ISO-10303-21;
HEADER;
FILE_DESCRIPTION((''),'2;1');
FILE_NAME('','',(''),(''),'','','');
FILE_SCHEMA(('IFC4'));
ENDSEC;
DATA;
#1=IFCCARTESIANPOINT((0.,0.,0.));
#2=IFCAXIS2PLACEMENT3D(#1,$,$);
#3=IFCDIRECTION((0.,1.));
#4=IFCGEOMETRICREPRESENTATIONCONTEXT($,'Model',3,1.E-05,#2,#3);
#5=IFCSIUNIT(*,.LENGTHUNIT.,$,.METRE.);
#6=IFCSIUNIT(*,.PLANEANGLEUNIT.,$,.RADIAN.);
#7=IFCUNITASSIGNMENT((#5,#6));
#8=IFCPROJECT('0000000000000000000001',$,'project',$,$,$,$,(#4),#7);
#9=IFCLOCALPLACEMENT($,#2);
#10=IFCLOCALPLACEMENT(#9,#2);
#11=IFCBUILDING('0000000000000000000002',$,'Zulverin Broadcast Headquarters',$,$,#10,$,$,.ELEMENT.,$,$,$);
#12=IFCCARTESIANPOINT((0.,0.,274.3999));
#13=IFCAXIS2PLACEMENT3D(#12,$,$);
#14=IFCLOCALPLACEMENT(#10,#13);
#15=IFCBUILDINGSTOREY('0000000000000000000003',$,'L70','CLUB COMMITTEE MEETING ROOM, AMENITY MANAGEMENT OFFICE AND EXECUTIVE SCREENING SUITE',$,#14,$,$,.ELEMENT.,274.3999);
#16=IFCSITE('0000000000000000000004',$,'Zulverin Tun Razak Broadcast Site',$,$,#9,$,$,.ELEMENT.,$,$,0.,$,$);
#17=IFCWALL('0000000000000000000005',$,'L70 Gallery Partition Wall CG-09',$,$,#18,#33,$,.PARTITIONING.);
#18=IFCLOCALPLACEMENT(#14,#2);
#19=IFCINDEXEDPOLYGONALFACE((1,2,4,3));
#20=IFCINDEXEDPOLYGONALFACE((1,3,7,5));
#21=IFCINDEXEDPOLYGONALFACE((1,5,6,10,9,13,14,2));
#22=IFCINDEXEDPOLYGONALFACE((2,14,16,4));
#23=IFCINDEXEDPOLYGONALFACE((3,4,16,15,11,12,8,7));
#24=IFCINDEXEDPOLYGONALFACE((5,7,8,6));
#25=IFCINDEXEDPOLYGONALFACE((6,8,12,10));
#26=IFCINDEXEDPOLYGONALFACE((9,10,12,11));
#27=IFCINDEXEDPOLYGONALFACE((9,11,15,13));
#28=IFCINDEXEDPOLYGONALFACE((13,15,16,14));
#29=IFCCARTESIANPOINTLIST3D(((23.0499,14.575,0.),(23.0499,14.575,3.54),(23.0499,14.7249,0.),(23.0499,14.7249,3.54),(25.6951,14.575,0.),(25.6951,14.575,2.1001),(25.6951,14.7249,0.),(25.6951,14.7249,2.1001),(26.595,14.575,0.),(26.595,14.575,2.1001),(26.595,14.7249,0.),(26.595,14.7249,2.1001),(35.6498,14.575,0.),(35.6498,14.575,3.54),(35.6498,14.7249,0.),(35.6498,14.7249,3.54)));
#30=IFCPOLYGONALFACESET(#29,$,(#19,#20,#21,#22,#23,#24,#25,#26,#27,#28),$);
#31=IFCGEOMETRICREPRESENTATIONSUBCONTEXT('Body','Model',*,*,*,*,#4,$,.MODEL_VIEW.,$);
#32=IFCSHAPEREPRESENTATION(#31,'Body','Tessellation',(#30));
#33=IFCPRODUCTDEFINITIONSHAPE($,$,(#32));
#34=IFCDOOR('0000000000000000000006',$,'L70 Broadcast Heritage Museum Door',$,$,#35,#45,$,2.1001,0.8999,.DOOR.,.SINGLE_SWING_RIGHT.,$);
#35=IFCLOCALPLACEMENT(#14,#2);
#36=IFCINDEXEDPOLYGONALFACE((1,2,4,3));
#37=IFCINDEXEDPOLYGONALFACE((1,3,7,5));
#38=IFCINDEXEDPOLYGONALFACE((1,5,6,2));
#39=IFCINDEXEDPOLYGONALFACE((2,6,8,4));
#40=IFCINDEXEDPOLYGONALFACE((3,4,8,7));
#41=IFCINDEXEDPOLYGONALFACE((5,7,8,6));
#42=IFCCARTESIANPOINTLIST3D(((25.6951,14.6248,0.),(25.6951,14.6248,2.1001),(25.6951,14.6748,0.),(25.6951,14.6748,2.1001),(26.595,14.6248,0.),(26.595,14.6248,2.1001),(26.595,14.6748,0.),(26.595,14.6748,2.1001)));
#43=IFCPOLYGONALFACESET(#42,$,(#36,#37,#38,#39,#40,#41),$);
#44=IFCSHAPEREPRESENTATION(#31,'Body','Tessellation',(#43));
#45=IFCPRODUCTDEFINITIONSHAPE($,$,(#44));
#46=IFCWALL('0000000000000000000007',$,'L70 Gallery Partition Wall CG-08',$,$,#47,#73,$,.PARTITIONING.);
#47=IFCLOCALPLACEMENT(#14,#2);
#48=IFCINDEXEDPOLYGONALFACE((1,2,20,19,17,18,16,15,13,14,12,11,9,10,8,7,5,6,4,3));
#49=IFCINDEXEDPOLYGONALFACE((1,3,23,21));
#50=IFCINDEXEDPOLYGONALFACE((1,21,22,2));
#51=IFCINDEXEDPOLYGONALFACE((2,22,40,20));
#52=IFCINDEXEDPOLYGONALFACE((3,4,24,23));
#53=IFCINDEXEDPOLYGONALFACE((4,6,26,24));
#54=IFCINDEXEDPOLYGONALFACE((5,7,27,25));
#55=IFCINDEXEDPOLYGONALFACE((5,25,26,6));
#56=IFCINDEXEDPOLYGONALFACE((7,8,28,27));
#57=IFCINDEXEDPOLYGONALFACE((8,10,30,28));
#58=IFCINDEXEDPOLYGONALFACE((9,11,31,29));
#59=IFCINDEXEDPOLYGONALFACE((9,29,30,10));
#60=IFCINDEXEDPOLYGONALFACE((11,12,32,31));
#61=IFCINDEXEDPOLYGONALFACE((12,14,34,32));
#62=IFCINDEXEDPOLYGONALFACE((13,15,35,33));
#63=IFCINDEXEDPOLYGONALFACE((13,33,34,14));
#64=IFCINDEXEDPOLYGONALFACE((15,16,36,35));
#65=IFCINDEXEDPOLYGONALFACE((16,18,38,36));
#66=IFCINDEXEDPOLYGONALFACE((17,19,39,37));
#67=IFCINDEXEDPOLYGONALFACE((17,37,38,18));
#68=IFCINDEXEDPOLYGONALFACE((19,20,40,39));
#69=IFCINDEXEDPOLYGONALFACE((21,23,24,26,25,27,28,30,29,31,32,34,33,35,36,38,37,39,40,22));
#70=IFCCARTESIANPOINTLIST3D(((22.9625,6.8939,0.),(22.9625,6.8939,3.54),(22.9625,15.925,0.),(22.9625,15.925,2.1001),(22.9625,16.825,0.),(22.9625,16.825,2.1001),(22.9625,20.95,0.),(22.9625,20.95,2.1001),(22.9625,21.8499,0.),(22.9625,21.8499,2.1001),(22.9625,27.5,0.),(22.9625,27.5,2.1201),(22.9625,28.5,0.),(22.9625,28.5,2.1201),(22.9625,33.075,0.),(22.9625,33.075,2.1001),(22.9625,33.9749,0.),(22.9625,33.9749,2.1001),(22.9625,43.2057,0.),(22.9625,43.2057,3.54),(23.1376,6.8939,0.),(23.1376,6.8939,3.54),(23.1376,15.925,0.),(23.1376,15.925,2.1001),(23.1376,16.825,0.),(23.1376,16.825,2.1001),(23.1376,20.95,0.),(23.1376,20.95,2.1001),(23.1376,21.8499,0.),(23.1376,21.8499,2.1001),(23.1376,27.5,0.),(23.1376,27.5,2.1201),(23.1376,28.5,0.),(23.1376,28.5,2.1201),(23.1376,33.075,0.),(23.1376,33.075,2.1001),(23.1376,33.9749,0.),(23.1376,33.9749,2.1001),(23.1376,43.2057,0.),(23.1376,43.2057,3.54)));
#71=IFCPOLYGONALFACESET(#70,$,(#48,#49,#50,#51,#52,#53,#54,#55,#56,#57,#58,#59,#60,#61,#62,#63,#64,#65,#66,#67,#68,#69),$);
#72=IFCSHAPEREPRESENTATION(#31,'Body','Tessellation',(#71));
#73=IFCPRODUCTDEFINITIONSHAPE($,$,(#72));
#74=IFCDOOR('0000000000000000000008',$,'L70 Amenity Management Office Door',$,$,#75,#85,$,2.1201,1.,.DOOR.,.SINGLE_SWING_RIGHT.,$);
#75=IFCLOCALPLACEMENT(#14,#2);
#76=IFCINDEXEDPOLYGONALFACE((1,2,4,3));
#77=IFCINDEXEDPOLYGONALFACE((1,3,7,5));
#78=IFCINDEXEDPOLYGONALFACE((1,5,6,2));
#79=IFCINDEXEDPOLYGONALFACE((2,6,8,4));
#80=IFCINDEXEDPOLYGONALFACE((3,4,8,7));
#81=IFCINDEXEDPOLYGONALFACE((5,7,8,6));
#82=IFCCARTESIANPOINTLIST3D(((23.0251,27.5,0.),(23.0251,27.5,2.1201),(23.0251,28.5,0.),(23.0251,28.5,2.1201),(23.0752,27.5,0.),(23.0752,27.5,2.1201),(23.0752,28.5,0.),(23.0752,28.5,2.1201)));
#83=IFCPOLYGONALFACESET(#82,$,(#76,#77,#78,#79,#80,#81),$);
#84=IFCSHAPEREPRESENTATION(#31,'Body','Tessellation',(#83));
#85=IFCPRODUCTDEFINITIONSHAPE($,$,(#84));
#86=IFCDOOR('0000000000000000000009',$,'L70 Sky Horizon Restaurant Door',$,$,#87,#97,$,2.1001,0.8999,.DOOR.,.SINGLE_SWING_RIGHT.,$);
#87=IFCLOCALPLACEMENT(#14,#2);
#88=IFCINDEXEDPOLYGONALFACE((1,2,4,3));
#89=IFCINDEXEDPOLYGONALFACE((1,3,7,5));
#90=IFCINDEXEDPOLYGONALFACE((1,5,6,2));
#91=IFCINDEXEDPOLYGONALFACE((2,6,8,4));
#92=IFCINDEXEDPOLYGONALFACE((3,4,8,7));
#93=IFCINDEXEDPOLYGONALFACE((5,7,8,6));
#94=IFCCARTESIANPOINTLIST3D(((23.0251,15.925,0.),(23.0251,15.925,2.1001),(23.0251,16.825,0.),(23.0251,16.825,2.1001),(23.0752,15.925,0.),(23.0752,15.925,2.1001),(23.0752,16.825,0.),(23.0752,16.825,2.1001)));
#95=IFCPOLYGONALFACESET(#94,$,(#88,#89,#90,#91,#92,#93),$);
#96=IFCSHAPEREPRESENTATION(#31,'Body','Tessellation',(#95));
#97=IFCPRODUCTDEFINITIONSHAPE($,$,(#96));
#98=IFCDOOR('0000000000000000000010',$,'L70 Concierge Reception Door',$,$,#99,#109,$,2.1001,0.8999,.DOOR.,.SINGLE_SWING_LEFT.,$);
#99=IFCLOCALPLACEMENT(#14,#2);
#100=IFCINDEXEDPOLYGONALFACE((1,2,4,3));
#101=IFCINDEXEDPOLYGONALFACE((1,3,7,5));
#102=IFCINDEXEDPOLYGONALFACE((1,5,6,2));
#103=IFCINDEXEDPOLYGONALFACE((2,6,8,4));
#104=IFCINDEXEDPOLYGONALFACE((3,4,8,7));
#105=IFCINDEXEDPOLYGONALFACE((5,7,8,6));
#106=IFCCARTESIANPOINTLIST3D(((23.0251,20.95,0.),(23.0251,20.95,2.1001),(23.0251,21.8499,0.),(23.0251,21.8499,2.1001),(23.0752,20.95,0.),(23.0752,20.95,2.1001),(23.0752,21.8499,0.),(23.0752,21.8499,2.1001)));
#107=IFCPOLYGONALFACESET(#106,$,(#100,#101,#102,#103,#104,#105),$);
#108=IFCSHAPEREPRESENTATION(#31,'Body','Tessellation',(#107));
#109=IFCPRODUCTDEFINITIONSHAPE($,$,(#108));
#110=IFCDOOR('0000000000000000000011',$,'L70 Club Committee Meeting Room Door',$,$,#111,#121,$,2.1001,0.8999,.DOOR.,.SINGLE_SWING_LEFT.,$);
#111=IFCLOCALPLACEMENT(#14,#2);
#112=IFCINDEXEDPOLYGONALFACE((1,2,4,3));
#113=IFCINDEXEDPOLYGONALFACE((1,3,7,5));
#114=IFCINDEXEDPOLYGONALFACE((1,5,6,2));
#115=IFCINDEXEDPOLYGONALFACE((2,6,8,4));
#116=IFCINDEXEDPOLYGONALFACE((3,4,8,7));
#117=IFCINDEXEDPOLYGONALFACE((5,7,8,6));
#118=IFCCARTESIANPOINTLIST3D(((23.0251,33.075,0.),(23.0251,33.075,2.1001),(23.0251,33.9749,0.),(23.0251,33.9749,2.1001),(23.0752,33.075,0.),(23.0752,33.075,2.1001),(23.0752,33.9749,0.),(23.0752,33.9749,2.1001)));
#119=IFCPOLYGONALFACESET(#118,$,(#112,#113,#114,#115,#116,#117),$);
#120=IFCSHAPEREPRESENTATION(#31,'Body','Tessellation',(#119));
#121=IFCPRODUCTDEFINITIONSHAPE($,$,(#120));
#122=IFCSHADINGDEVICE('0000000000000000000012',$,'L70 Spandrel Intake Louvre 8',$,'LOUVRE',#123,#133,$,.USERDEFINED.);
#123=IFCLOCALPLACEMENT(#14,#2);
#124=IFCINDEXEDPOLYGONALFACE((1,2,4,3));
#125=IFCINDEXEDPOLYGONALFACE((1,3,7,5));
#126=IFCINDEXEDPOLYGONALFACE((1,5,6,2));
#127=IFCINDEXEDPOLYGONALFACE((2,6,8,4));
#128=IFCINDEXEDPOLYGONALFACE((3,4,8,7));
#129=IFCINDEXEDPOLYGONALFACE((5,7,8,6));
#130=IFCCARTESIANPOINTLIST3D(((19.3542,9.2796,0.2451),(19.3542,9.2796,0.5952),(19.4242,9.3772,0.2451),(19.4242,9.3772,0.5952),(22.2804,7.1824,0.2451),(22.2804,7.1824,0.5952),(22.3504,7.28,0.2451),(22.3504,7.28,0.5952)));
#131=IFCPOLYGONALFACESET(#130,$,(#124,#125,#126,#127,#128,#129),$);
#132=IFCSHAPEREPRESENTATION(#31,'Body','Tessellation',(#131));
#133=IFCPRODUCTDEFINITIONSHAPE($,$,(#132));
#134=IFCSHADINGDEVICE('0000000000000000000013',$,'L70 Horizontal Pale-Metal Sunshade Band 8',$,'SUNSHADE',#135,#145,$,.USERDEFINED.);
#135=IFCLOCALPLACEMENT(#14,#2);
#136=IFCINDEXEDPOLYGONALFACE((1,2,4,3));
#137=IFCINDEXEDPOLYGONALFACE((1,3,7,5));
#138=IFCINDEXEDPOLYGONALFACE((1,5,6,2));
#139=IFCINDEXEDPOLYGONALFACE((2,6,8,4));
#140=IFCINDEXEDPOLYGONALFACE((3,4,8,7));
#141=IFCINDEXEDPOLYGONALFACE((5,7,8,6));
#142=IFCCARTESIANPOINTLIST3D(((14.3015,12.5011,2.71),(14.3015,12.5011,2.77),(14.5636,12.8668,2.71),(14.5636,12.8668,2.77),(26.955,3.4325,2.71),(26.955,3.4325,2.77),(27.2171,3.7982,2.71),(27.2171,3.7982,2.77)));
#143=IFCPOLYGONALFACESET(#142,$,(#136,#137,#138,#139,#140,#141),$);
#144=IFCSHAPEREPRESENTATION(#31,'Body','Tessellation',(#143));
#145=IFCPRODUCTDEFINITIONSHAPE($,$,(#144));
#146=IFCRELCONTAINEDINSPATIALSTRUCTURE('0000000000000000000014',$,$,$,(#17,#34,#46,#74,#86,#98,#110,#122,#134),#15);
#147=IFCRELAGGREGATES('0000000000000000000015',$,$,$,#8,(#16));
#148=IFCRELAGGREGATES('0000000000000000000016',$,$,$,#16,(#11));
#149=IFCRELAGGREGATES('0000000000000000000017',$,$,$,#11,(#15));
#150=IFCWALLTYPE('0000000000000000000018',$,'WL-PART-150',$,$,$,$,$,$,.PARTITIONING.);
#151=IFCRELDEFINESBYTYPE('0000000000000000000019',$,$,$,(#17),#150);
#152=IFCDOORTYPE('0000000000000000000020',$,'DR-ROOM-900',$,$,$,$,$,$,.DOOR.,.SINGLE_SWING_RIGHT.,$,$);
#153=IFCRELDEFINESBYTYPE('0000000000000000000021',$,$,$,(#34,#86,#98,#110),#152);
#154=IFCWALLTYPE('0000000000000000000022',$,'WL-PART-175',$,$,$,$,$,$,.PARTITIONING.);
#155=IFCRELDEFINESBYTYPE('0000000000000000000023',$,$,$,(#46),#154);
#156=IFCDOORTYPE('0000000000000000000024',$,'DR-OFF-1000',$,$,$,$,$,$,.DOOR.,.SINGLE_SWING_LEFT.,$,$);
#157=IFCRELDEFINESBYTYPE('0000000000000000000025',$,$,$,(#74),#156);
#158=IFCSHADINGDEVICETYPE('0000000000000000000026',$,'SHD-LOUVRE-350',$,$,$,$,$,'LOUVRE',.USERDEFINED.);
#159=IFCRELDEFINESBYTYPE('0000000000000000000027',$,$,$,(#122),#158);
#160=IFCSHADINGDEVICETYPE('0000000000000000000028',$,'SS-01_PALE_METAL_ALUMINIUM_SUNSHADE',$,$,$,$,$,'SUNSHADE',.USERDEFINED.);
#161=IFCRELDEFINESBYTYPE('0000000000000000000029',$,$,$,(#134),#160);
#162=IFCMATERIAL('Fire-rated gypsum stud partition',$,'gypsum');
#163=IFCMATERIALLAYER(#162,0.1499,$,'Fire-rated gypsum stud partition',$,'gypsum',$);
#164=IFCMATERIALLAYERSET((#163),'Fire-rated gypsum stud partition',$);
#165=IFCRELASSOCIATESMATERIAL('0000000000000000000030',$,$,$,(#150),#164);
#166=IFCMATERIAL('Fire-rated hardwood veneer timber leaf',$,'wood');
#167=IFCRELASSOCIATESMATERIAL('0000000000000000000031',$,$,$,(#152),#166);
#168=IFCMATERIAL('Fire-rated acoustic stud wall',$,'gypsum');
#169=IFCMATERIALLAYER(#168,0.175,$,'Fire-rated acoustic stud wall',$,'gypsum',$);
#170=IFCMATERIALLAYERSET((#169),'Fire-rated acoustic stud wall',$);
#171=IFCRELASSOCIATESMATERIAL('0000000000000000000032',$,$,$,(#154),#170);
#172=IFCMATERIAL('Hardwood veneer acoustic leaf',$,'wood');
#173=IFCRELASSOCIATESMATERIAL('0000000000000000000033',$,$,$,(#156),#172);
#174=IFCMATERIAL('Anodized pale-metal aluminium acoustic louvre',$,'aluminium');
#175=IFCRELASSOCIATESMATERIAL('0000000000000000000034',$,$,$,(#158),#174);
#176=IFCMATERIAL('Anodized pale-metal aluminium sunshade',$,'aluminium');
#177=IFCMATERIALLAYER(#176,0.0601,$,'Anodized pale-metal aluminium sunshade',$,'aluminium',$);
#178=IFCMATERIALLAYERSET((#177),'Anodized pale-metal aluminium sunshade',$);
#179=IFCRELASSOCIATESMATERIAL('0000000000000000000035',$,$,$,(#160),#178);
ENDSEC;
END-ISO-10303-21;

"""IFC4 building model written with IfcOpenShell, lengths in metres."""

from ifc_helpers import new_model, si_unit, direction, frame, frame_2d, origin, origin_2d, place, context, subcontext, project, spatial, rectangle, extrude, material, layer, layer_set, type_object, element, fill, save


model = new_model("IFC4")

# Units and contexts
model_context = context("Model", 3, precision=1e-05, world=origin(), true_north=direction((0.0, 1.0)))
body_context = subcontext(model_context, "Body", "Model", "MODEL_VIEW")
ifc_project = project(units=[si_unit("LENGTHUNIT", "METRE"), si_unit("PLANEANGLEUNIT", "RADIAN")], contexts=[model_context])

# Site, building, storey
site_placement = place(None, origin())
site = spatial("IfcSite", under=ifc_project, at=site_placement, Name="Zulverin Tun Razak Broadcast Site", CompositionType="ELEMENT", RefElevation=0.0)
building_placement = place(site_placement, origin())
building = spatial("IfcBuilding", under=site, at=building_placement, Name="Zulverin Broadcast Headquarters", CompositionType="ELEMENT")
storey_placement = place(building_placement, frame((0.0, 0.0, 274.3999)))
storey = spatial("IfcBuildingStorey", under=building, at=storey_placement, Name="L70", Description="CLUB COMMITTEE MEETING ROOM, AMENITY MANAGEMENT OFFICE AND EXECUTIVE SCREENING SUITE", CompositionType="ELEMENT", Elevation=274.3999)

# Wall, opening, door
ifc_material_1 = material(Name="Fire-rated gypsum stud partition", Category="gypsum")
ifc_layer_1 = layer(ifc_material_1, 0.1499, Name="Fire-rated gypsum stud partition", Category="gypsum")
ifc_layer_set_1 = layer_set([ifc_layer_1], Name="Fire-rated gypsum stud partition")
wall_type_1 = type_object("IfcWallType", Name="WL-PART-150", PredefinedType="PARTITIONING", material=ifc_layer_set_1)
wall_1_placement = place(storey_placement, frame((23.05, 14.6499, 0.0), z_axis=(0.0, 0.0, 1.0), x_axis=(1.0, 0.0, 0.0)))
wall_1 = element("IfcWall", 1, at=wall_1_placement, inside=storey, type_object=wall_type_1, Name="L70 Gallery Partition Wall CG-09", PredefinedType="PARTITIONING", context=body_context, shape_type="SweptSolid", body=[
    extrude(rectangle(XDim=12.5999, YDim=0.1499, at=frame_2d((6.2998, 0.0))), origin(), (0.0, 0.0, 1.0), 3.54),
])
opening_1_placement = place(wall_1_placement, frame((2.645, 0.0, 0.0)))
opening_1 = element("IfcOpeningElement", 2, at=opening_1_placement, cuts=wall_1, PredefinedType="OPENING", context=body_context, shape_type="SweptSolid", body=[
    extrude(rectangle(XDim=0.8999, YDim=2.1001, at=frame_2d((0.45, 1.05))), frame((0.0, 0.085, 0.0), z_axis=(0.0, -1.0, 0.0), x_axis=(1.0, 0.0, 0.0)), (0.0, 0.0, 1.0), 0.1699),
])
ifc_material_2 = material(Name="Fire-rated hardwood veneer timber leaf", Category="wood")
door_type_1 = type_object("IfcDoorType", Name="DR-ROOM-900", OperationType="SINGLE_SWING_RIGHT", PredefinedType="DOOR", material=ifc_material_2)
door_1_placement = place(opening_1_placement, origin())
door_1 = element("IfcDoor", 3, at=door_1_placement, inside=storey, type_object=door_type_1, Name="L70 Broadcast Heritage Museum Door", OperationType="SINGLE_SWING_RIGHT", OverallHeight=2.1001, OverallWidth=0.8999, PredefinedType="DOOR", context=body_context, shape_type="SweptSolid", body=[
    extrude(rectangle(XDim=0.8999, YDim=2.1001, at=frame_2d((0.45, 1.05))), frame((0.0, 0.0249, 0.0), z_axis=(0.0, -1.0, 0.0), x_axis=(1.0, 0.0, 0.0)), (0.0, 0.0, 1.0), 0.05),
])
fill(opening_1, door_1)

# Wall, openings, doors
ifc_material_3 = material(Name="Fire-rated acoustic stud wall", Category="gypsum")
ifc_layer_2 = layer(ifc_material_3, 0.175, Name="Fire-rated acoustic stud wall", Category="gypsum")
ifc_layer_set_2 = layer_set([ifc_layer_2], Name="Fire-rated acoustic stud wall")
wall_type_2 = type_object("IfcWallType", Name="WL-PART-175", PredefinedType="PARTITIONING", material=ifc_layer_set_2)
wall_2_placement = place(storey_placement, frame((23.05, 6.894, 0.0), z_axis=(0.0, 0.0, 1.0), x_axis=(0.0, 1.0, 0.0)))
wall_2 = element("IfcWall", 4, at=wall_2_placement, inside=storey, type_object=wall_type_2, Name="L70 Gallery Partition Wall CG-08", PredefinedType="PARTITIONING", context=body_context, shape_type="SweptSolid", body=[
    extrude(rectangle(XDim=36.3118, YDim=0.175, at=frame_2d((18.1558, 0.0))), origin(), (0.0, 0.0, 1.0), 3.54),
])
opening_2_placement = place(wall_2_placement, frame((9.031, 0.0, 0.0)))
opening_2 = element("IfcOpeningElement", 5, at=opening_2_placement, cuts=wall_2, PredefinedType="OPENING", context=body_context, shape_type="SweptSolid", body=[
    extrude(rectangle(XDim=0.8999, YDim=2.1001, at=frame_2d((0.45, 1.05))), frame((0.0, 0.0974, 0.0), z_axis=(0.0, -1.0, 0.0), x_axis=(1.0, 0.0, 0.0)), (0.0, 0.0, 1.0), 0.1951),
])
opening_3_placement = place(wall_2_placement, frame((14.0559, 0.0, 0.0)))
opening_3 = element("IfcOpeningElement", 6, at=opening_3_placement, cuts=wall_2, PredefinedType="OPENING", context=body_context, shape_type="SweptSolid", body=[
    extrude(rectangle(XDim=0.8999, YDim=2.1001, at=frame_2d((0.45, 1.05))), frame((0.0, 0.0974, 0.0), z_axis=(0.0, -1.0, 0.0), x_axis=(1.0, 0.0, 0.0)), (0.0, 0.0, 1.0), 0.1951),
])
opening_4_placement = place(wall_2_placement, frame((20.606, 0.0, 0.0)))
opening_4 = element("IfcOpeningElement", 7, at=opening_4_placement, cuts=wall_2, PredefinedType="OPENING", context=body_context, shape_type="SweptSolid", body=[
    extrude(rectangle(XDim=1.0, YDim=2.1201, at=frame_2d((0.5, 1.0601))), frame((0.0, 0.0974, 0.0), z_axis=(0.0, -1.0, 0.0), x_axis=(1.0, 0.0, 0.0)), (0.0, 0.0, 1.0), 0.1951),
])
opening_5_placement = place(wall_2_placement, frame((26.1809, 0.0, 0.0)))
opening_5 = element("IfcOpeningElement", 8, at=opening_5_placement, cuts=wall_2, PredefinedType="OPENING", context=body_context, shape_type="SweptSolid", body=[
    extrude(rectangle(XDim=0.8999, YDim=2.1001, at=frame_2d((0.45, 1.05))), frame((0.0, 0.0974, 0.0), z_axis=(0.0, -1.0, 0.0), x_axis=(1.0, 0.0, 0.0)), (0.0, 0.0, 1.0), 0.1951),
])
ifc_material_4 = material(Name="Hardwood veneer acoustic leaf", Category="wood")
door_type_2 = type_object("IfcDoorType", Name="DR-OFF-1000", OperationType="SINGLE_SWING_LEFT", PredefinedType="DOOR", material=ifc_material_4)
door_2_placement = place(opening_4_placement, origin())
door_2 = element("IfcDoor", 9, at=door_2_placement, inside=storey, type_object=door_type_2, Name="L70 Amenity Management Office Door", OperationType="SINGLE_SWING_RIGHT", OverallHeight=2.1201, OverallWidth=1.0, PredefinedType="DOOR", context=body_context, shape_type="SweptSolid", body=[
    extrude(rectangle(XDim=1.0, YDim=2.1201, at=frame_2d((0.5, 1.0601))), frame((0.0, 0.0249, 0.0), z_axis=(0.0, -1.0, 0.0), x_axis=(1.0, 0.0, 0.0)), (0.0, 0.0, 1.0), 0.05),
])
fill(opening_4, door_2)
door_3_placement = place(opening_2_placement, origin())
door_3 = element("IfcDoor", 10, at=door_3_placement, inside=storey, type_object=door_type_1, Name="L70 Sky Horizon Restaurant Door", OperationType="SINGLE_SWING_RIGHT", OverallHeight=2.1001, OverallWidth=0.8999, PredefinedType="DOOR", context=body_context, shape_type="SweptSolid", body=[
    extrude(rectangle(XDim=0.8999, YDim=2.1001, at=frame_2d((0.45, 1.05))), frame((0.0, 0.0249, 0.0), z_axis=(0.0, -1.0, 0.0), x_axis=(1.0, 0.0, 0.0)), (0.0, 0.0, 1.0), 0.05),
])
fill(opening_2, door_3)
door_4_placement = place(opening_3_placement, origin())
door_4 = element("IfcDoor", 11, at=door_4_placement, inside=storey, type_object=door_type_1, Name="L70 Concierge Reception Door", OperationType="SINGLE_SWING_LEFT", OverallHeight=2.1001, OverallWidth=0.8999, PredefinedType="DOOR", context=body_context, shape_type="SweptSolid", body=[
    extrude(rectangle(XDim=0.8999, YDim=2.1001, at=frame_2d((0.45, 1.05))), frame((0.0, 0.0249, 0.0), z_axis=(0.0, -1.0, 0.0), x_axis=(1.0, 0.0, 0.0)), (0.0, 0.0, 1.0), 0.05),
])
fill(opening_3, door_4)
door_5_placement = place(opening_5_placement, origin())
door_5 = element("IfcDoor", 12, at=door_5_placement, inside=storey, type_object=door_type_1, Name="L70 Club Committee Meeting Room Door", OperationType="SINGLE_SWING_LEFT", OverallHeight=2.1001, OverallWidth=0.8999, PredefinedType="DOOR", context=body_context, shape_type="SweptSolid", body=[
    extrude(rectangle(XDim=0.8999, YDim=2.1001, at=frame_2d((0.45, 1.05))), frame((0.0, 0.0249, 0.0), z_axis=(0.0, -1.0, 0.0), x_axis=(1.0, 0.0, 0.0)), (0.0, 0.0, 1.0), 0.05),
])
fill(opening_5, door_5)

# Shading devices
ifc_material_5 = material(Name="Anodized pale-metal aluminium acoustic louvre", Category="aluminium")
shading_device_type_1 = type_object("IfcShadingDeviceType", Name="SHD-LOUVRE-350", ElementType="LOUVRE", PredefinedType="USERDEFINED", material=ifc_material_5)
shading_device_1_placement = place(storey_placement, frame((20.8523, 8.2798, 0.2451), z_axis=(0.0, 0.0, 1.0), x_axis=(0.812809, -0.58253, 0.0)))
element("IfcShadingDevice", 13, at=shading_device_1_placement, inside=storey, type_object=shading_device_type_1, Name="L70 Spandrel Intake Louvre 8", ObjectType="LOUVRE", PredefinedType="USERDEFINED", context=body_context, shape_type="SweptSolid", body=[
    extrude(rectangle(XDim=3.6001, YDim=0.1201, at=origin_2d()), origin(), (0.0, 0.0, 1.0), 0.3501),
])
ifc_material_6 = material(Name="Anodized pale-metal aluminium sunshade", Category="aluminium")
ifc_layer_3 = layer(ifc_material_6, 0.0601, Name="Anodized pale-metal aluminium sunshade", Category="aluminium")
ifc_layer_set_3 = layer_set([ifc_layer_3], Name="Anodized pale-metal aluminium sunshade")
shading_device_type_2 = type_object("IfcShadingDeviceType", Name="SS-01_PALE_METAL_ALUMINIUM_SUNSHADE", ElementType="SUNSHADE", PredefinedType="USERDEFINED", material=ifc_layer_set_3)
shading_device_2_placement = place(storey_placement, frame((20.7593, 8.1497, 2.71), z_axis=(0.0, 0.0, 1.0), x_axis=(0.812809, -0.58253, 0.0)))
element("IfcShadingDevice", 14, at=shading_device_2_placement, inside=storey, type_object=shading_device_type_2, Name="L70 Horizontal Pale-Metal Sunshade Band 8", ObjectType="SUNSHADE", PredefinedType="USERDEFINED", context=body_context, shape_type="SweptSolid", body=[
    extrude(rectangle(XDim=15.5676, YDim=0.45, at=origin_2d()), origin(), (0.0, 0.0, 1.0), 0.0601),
])

save(model, "model.ifc")
